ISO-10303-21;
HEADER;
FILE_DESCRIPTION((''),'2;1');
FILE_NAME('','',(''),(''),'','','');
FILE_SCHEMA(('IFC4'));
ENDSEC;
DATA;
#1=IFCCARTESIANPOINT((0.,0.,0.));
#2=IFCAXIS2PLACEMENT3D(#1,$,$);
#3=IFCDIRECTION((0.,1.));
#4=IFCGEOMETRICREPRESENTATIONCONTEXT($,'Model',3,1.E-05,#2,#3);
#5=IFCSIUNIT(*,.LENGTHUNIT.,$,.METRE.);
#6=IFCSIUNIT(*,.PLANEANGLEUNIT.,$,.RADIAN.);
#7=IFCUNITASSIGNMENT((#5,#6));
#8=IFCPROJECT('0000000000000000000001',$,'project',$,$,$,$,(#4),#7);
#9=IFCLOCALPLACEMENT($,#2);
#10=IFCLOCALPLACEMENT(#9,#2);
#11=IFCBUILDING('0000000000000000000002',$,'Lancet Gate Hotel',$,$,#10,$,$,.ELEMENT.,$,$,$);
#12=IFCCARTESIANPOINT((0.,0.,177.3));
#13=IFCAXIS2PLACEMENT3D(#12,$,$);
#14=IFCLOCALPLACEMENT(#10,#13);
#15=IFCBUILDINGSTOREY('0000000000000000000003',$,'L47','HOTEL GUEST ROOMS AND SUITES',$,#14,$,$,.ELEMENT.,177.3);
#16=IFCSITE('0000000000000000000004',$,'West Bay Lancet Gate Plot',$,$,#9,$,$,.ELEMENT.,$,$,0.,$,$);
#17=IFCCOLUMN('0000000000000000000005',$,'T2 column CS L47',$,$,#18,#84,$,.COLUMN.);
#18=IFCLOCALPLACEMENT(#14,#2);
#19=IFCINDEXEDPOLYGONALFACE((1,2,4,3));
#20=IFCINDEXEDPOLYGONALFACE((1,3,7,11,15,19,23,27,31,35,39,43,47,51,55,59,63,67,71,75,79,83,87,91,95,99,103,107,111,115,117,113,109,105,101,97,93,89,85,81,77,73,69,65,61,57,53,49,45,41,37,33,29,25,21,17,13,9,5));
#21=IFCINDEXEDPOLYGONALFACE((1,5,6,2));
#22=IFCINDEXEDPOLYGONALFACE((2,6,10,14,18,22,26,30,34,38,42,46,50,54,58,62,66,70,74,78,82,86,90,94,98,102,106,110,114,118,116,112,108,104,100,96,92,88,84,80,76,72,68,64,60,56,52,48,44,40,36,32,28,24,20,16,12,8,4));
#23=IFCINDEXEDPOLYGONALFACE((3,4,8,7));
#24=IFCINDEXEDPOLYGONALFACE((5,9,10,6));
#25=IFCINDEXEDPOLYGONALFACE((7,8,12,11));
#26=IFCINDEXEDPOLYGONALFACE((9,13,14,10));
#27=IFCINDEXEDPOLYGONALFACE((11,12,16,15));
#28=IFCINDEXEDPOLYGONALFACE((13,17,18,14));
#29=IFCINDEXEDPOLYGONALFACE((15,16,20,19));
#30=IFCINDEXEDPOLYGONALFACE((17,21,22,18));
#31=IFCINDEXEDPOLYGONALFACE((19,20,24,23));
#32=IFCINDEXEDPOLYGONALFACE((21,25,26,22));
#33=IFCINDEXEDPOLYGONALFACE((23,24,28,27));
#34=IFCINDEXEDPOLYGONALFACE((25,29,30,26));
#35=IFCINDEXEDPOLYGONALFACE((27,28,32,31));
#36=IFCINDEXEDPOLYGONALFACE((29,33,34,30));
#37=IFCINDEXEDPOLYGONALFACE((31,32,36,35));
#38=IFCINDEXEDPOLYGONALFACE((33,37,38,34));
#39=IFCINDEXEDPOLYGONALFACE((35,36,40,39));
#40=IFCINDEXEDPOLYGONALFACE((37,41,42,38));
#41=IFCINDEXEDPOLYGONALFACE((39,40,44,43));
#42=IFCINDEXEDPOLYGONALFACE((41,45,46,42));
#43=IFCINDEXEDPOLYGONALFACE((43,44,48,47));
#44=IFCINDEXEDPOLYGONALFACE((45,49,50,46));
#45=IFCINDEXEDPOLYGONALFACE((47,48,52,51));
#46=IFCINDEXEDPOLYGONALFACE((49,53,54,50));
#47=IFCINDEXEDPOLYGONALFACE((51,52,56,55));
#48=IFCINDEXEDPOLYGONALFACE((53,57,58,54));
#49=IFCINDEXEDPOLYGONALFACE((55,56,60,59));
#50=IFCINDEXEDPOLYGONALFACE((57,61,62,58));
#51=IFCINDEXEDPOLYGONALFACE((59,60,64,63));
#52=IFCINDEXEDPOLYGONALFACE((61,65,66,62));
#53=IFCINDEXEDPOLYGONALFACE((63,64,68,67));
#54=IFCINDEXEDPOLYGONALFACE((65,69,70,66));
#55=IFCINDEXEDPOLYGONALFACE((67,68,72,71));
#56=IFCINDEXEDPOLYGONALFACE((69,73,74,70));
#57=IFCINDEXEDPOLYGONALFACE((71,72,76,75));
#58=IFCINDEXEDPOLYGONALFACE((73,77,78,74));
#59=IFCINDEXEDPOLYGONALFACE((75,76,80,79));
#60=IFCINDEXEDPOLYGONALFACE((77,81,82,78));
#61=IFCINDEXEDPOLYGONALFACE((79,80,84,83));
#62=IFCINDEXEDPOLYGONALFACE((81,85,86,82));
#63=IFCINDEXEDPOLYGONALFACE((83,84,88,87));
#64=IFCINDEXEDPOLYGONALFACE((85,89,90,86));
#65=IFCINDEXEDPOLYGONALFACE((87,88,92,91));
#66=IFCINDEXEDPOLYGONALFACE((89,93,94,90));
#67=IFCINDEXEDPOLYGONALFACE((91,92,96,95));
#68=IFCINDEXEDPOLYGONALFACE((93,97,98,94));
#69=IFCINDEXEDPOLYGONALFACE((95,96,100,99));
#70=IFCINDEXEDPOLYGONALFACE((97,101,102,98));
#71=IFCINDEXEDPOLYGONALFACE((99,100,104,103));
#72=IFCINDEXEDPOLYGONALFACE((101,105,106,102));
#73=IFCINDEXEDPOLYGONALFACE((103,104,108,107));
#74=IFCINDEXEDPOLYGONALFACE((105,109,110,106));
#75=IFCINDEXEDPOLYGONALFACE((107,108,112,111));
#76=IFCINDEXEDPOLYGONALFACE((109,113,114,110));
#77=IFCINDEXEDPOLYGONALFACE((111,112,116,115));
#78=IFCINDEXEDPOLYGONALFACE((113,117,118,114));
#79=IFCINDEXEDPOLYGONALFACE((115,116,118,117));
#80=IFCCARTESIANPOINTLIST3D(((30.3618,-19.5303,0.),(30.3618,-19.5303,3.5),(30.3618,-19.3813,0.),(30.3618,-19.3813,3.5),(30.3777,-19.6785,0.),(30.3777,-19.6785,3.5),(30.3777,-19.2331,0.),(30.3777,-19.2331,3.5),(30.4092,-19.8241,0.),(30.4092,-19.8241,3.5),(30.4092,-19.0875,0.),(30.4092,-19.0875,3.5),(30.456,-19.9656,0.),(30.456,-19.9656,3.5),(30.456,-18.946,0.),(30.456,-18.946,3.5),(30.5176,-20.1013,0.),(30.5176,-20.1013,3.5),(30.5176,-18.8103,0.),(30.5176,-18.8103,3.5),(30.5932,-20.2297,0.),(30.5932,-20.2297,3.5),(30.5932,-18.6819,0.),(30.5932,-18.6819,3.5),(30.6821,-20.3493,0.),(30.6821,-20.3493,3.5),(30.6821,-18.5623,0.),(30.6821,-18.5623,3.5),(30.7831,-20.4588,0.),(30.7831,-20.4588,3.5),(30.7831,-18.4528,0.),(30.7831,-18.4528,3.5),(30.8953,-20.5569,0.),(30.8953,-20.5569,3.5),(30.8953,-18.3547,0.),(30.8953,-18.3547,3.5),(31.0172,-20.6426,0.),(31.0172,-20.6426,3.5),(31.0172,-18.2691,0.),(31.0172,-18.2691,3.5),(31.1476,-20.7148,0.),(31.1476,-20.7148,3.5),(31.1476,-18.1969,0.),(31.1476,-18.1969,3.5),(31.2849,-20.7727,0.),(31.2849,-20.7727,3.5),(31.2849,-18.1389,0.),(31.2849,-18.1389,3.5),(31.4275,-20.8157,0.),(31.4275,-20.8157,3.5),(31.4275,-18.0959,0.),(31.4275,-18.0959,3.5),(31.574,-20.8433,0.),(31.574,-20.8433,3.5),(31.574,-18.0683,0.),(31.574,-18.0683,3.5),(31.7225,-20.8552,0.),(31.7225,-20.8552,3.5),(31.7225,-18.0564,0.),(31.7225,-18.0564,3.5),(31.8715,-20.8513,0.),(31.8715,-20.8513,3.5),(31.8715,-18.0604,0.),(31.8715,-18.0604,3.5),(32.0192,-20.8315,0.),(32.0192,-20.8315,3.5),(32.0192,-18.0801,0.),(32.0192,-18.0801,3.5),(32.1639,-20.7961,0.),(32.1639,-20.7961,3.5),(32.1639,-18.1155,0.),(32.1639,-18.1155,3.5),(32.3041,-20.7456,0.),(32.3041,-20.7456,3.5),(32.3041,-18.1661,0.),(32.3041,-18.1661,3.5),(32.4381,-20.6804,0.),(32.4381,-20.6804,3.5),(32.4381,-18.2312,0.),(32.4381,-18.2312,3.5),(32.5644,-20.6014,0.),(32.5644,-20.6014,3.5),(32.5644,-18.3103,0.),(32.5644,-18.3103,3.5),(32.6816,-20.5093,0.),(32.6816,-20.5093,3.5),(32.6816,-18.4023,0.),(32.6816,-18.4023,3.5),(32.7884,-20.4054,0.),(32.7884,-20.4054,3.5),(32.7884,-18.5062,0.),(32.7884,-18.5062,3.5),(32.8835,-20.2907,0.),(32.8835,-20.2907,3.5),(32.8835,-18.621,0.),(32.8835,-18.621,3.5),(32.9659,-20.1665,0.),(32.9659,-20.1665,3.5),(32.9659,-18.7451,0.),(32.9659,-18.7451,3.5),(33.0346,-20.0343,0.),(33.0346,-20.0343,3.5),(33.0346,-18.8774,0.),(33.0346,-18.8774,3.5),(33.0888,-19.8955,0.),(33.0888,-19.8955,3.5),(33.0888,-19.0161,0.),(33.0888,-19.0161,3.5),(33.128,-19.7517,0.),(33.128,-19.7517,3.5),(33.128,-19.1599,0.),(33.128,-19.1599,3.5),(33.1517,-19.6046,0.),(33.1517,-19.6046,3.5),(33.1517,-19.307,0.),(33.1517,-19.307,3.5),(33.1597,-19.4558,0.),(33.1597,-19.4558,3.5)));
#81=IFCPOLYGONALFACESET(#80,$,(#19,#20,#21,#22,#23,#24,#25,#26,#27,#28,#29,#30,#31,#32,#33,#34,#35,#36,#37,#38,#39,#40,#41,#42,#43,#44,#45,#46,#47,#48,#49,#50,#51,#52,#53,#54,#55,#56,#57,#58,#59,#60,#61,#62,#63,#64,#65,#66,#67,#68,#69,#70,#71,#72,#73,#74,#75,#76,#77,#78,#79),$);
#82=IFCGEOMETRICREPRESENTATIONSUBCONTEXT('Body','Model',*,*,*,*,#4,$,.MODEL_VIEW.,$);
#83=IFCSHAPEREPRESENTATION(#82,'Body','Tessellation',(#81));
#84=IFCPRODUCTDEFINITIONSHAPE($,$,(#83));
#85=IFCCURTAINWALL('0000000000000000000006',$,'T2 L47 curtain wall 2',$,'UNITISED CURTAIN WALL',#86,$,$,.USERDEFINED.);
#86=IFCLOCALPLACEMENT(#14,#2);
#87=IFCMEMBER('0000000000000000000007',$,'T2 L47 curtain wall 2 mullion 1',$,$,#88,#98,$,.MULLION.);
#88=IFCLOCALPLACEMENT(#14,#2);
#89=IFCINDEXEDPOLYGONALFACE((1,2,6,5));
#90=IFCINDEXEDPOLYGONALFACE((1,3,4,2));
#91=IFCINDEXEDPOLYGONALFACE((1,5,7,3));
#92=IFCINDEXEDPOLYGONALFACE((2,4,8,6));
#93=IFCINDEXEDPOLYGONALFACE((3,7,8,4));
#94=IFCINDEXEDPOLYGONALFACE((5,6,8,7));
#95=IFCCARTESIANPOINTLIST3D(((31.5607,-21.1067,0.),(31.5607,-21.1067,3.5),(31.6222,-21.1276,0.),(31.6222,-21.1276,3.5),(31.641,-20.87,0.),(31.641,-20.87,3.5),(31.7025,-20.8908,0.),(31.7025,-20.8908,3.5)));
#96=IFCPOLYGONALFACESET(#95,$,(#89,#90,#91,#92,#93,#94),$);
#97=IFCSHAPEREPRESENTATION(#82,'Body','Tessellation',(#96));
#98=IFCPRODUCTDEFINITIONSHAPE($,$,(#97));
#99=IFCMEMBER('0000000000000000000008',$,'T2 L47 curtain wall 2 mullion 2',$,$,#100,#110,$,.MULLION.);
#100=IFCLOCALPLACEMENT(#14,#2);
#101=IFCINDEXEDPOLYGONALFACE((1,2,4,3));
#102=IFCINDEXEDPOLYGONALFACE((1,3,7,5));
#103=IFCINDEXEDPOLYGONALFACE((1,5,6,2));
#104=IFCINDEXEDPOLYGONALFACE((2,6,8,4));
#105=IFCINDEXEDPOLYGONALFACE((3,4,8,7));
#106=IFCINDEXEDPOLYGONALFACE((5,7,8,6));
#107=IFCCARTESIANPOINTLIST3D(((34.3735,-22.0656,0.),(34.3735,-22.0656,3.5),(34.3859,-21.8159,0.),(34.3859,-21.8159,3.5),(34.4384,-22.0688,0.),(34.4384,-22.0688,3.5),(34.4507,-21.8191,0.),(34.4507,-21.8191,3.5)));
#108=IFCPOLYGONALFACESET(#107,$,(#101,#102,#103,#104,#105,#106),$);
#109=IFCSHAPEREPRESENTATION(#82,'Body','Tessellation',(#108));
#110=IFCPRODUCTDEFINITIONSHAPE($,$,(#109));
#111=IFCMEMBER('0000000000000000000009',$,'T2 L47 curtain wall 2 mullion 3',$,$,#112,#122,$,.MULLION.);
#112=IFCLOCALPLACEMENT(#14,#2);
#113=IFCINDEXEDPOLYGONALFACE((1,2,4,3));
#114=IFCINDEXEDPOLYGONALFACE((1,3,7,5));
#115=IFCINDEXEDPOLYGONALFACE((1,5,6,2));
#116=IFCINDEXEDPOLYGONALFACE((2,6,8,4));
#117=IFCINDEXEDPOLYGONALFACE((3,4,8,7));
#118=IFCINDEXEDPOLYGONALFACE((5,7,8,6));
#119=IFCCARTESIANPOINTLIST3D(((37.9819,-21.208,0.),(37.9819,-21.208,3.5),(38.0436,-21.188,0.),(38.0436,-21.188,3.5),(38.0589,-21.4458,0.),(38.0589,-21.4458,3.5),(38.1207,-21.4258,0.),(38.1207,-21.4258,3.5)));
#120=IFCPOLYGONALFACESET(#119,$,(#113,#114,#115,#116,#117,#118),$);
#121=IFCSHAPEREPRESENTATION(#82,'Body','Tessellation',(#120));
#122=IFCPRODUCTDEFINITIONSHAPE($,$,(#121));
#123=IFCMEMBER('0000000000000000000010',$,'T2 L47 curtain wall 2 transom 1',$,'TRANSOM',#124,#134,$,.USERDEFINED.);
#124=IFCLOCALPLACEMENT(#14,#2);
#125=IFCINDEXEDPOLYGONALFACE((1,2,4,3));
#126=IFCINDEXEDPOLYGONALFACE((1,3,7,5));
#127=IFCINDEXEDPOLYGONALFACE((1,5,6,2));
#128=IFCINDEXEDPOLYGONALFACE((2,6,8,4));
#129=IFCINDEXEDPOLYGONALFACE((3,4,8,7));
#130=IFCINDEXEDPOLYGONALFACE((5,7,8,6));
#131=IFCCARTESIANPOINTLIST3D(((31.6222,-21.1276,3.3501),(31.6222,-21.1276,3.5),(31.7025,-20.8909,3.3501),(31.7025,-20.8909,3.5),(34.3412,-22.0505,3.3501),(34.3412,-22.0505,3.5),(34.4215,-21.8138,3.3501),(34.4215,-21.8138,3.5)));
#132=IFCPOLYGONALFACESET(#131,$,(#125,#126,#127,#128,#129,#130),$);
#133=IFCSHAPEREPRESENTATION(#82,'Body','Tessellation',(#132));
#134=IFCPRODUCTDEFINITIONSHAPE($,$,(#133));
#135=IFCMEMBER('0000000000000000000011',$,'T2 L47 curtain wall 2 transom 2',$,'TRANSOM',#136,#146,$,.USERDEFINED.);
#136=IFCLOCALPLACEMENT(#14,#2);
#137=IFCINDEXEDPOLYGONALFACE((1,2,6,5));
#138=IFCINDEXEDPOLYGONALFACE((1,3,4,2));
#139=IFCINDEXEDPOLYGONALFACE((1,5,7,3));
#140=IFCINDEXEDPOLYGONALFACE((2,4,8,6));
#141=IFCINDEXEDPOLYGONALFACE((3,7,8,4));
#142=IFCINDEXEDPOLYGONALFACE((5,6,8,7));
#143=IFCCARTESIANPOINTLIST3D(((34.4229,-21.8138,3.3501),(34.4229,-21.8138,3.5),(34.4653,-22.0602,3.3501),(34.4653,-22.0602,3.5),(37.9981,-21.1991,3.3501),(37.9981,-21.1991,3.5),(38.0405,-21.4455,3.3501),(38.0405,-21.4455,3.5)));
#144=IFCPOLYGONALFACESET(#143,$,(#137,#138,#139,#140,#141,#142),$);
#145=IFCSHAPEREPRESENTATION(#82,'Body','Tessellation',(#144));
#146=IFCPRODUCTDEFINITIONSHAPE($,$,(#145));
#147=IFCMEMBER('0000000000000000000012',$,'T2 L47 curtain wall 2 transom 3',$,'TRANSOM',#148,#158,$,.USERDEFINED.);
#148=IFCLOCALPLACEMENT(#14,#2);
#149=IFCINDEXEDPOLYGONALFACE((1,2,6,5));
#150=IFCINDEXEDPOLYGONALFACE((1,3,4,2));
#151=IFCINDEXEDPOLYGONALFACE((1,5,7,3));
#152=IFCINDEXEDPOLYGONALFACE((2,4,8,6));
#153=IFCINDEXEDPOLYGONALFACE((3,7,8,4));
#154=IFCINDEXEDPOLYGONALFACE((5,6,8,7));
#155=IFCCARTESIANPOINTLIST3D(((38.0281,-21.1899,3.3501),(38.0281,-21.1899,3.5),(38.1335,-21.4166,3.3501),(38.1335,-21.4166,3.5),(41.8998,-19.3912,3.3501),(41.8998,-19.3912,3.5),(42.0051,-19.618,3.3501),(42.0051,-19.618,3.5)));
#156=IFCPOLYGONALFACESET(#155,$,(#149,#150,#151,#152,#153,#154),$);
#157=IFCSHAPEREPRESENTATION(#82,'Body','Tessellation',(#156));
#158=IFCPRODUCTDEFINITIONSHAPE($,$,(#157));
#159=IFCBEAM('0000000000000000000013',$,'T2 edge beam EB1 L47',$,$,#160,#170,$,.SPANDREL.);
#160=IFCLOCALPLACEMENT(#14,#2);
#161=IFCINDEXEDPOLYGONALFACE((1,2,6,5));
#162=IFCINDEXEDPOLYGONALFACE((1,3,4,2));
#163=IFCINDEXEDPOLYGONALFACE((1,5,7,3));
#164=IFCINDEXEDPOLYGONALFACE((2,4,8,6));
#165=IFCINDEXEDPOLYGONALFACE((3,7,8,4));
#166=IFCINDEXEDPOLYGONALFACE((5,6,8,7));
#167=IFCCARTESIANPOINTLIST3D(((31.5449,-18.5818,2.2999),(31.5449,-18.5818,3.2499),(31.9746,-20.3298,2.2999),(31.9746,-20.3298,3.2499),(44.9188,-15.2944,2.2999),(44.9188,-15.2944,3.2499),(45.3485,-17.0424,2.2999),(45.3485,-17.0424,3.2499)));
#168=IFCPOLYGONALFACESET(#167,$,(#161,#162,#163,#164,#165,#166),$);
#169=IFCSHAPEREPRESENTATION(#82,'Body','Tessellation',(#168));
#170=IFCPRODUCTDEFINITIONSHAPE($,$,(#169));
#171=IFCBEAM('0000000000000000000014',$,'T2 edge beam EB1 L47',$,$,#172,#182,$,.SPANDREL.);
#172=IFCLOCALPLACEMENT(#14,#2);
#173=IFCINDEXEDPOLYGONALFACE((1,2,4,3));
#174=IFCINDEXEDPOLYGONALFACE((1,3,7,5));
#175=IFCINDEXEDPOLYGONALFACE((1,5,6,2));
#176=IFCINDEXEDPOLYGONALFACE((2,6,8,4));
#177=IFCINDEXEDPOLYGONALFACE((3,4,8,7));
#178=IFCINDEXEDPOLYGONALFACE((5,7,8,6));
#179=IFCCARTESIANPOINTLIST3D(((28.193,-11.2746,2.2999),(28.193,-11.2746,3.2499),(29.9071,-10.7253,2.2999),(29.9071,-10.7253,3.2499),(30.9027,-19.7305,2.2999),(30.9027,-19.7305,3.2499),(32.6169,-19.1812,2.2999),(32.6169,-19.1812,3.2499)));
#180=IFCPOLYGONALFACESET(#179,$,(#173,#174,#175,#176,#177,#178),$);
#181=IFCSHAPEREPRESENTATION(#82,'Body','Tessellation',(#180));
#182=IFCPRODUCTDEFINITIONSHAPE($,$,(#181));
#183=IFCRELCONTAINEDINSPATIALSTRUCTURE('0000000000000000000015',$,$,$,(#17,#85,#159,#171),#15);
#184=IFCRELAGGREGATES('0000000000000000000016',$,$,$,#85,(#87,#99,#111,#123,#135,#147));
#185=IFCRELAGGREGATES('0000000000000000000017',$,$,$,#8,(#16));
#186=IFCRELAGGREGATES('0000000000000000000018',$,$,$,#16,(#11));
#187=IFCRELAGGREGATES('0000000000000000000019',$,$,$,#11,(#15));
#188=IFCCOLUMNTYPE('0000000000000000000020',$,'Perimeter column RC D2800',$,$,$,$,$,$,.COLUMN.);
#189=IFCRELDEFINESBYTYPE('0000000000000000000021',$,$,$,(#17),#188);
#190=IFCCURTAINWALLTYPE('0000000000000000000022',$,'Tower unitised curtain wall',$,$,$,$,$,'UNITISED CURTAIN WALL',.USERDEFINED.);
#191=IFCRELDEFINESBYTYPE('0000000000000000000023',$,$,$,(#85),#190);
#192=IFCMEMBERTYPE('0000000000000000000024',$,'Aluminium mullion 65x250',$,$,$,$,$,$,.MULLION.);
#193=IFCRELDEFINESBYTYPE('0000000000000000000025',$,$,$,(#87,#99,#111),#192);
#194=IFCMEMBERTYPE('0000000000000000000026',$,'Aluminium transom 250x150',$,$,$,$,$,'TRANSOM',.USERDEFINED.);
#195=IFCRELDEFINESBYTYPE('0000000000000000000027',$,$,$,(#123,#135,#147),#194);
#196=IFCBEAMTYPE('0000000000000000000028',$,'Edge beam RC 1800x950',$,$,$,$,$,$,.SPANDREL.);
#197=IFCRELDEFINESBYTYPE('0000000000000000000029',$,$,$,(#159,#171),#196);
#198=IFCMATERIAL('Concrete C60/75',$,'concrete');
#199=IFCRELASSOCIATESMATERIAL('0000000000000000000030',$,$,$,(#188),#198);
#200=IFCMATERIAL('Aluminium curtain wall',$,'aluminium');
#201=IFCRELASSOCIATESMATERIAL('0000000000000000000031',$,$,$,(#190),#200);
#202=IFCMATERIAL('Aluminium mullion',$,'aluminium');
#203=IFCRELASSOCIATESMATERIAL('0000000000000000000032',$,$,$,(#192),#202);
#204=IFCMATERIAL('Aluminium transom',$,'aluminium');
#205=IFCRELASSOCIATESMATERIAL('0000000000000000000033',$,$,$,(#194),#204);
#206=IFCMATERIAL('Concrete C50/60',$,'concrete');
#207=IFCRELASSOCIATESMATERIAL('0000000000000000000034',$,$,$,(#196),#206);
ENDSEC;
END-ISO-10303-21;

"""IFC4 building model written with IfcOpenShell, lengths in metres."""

from ifc_helpers import new_model, si_unit, direction, frame, origin, origin_2d, place, context, subcontext, project, spatial, rectangle, circle, extrude, material, material_profile, profile_set, type_object, element, aggregate, save


model = new_model("IFC4")

# Units and contexts
model_context = context("Model", 3, precision=1e-05, world=origin(), true_north=direction((0.0, 1.0)))
body_context = subcontext(model_context, "Body", "Model", "MODEL_VIEW")
ifc_project = project(units=[si_unit("LENGTHUNIT", "METRE"), si_unit("PLANEANGLEUNIT", "RADIAN")], contexts=[model_context])

# Site, building, storey
site_placement = place(None, origin())
site = spatial("IfcSite", under=ifc_project, at=site_placement, Name="West Bay Lancet Gate Plot", CompositionType="ELEMENT", RefElevation=0.0)
building_placement = place(site_placement, origin())
building = spatial("IfcBuilding", under=site, at=building_placement, Name="Lancet Gate Hotel", CompositionType="ELEMENT")
storey_placement = place(building_placement, frame((0.0, 0.0, 177.3)))
storey = spatial("IfcBuildingStorey", under=building, at=storey_placement, Name="L47", Description="HOTEL GUEST ROOMS AND SUITES", CompositionType="ELEMENT", Elevation=177.3)

# Column
ifc_material_1 = material(Name="Concrete C60/75", Category="concrete")
ifc_material_profile_1 = material_profile(ifc_material_1, circle(Radius=1.3999, at=origin_2d()), Name="RC D2800")
ifc_profile_set_1 = profile_set([ifc_material_profile_1], Name="Concrete C60/75")
column_type = type_object("IfcColumnType", Name="Perimeter column RC D2800", PredefinedType="COLUMN", material=ifc_profile_set_1)
column_placement = place(storey_placement, frame((31.7598, -19.4558, 0.0), z_axis=(0.0, 0.0, 1.0), x_axis=(1.0, 0.0, 0.0)))
element("IfcColumn", 1, at=column_placement, inside=storey, type_object=column_type, Name="T2 column CS L47", PredefinedType="COLUMN", context=body_context, shape_type="SweptSolid", body=[
    extrude(circle(Radius=1.3999, at=origin_2d()), origin(), (0.0, 0.0, 1.0), 3.5),
])

# Curtain wall, members
ifc_material_2 = material(Name="Aluminium curtain wall", Category="aluminium")
curtain_wall_type = type_object("IfcCurtainWallType", Name="Tower unitised curtain wall", ElementType="UNITISED CURTAIN WALL", PredefinedType="USERDEFINED", material=ifc_material_2)
curtain_wall_placement = place(storey_placement, origin())
curtain_wall = element("IfcCurtainWall", 2, at=curtain_wall_placement, inside=storey, type_object=curtain_wall_type, Name="T2 L47 curtain wall 2", ObjectType="UNITISED CURTAIN WALL", PredefinedType="USERDEFINED")
ifc_material_3 = material(Name="Aluminium mullion", Category="aluminium")
ifc_material_profile_2 = material_profile(ifc_material_3, rectangle(XDim=0.0649, YDim=0.25, at=origin_2d()), Name="MULLION 65x250")
ifc_profile_set_2 = profile_set([ifc_material_profile_2], Name="Aluminium mullion")
member_type_1 = type_object("IfcMemberType", Name="Aluminium mullion 65x250", PredefinedType="MULLION", material=ifc_profile_set_2)
member_1_placement = place(storey_placement, frame((31.6316, -20.9988, 0.0), z_axis=(0.0, 0.0, 1.0), x_axis=(0.946952, -0.321374, 0.0)))
member_1 = element("IfcMember", 3, at=member_1_placement, type_object=member_type_1, Name="T2 L47 curtain wall 2 mullion 1", PredefinedType="MULLION", context=body_context, shape_type="SweptSolid", body=[
    extrude(rectangle(XDim=0.0649, YDim=0.25, at=origin_2d()), origin(), (0.0, 0.0, 1.0), 3.5),
])
member_2_placement = place(storey_placement, frame((34.4121, -21.9424, 0.0), z_axis=(0.0, 0.0, 1.0), x_axis=(0.998776, -0.049471, 0.0)))
member_2 = element("IfcMember", 4, at=member_2_placement, type_object=member_type_1, Name="T2 L47 curtain wall 2 mullion 2", PredefinedType="MULLION", context=body_context, shape_type="SweptSolid", body=[
    extrude(rectangle(XDim=0.0649, YDim=0.25, at=origin_2d()), origin(), (0.0, 0.0, 1.0), 3.5),
])
member_3_placement = place(storey_placement, frame((38.0513, -21.3169, 0.0), z_axis=(0.0, 0.0, 1.0), x_axis=(0.951355, 0.308095, 0.0)))
member_3 = element("IfcMember", 5, at=member_3_placement, type_object=member_type_1, Name="T2 L47 curtain wall 2 mullion 3", PredefinedType="MULLION", context=body_context, shape_type="SweptSolid", body=[
    extrude(rectangle(XDim=0.0649, YDim=0.25, at=origin_2d()), origin(), (0.0, 0.0, 1.0), 3.5),
])
ifc_material_4 = material(Name="Aluminium transom", Category="aluminium")
ifc_material_profile_3 = material_profile(ifc_material_4, rectangle(XDim=0.25, YDim=0.1499, at=origin_2d()), Name="TRANSOM 250x150")
ifc_profile_set_3 = profile_set([ifc_material_profile_3], Name="Aluminium transom")
member_type_2 = type_object("IfcMemberType", Name="Aluminium transom 250x150", ElementType="TRANSOM", PredefinedType="USERDEFINED", material=ifc_profile_set_3)
member_4_placement = place(storey_placement, frame((31.6624, -21.0093, 3.425), z_axis=(0.946943, -0.321401, 0.0), x_axis=(0.321401, 0.946943, 0.0)))
member_4 = element("IfcMember", 6, at=member_4_placement, type_object=member_type_2, Name="T2 L47 curtain wall 2 transom 1", ObjectType="TRANSOM", PredefinedType="USERDEFINED", context=body_context, shape_type="SweptSolid", body=[
    extrude(rectangle(XDim=0.25, YDim=0.1499, at=origin_2d()), origin(), (0.0, 0.0, 1.0), 2.8713),
])
member_5_placement = place(storey_placement, frame((34.4441, -21.937, 3.425), z_axis=(0.985537, 0.169461, 0.0), x_axis=(-0.169461, 0.985537, 0.0)))
member_5 = element("IfcMember", 7, at=member_5_placement, type_object=member_type_2, Name="T2 L47 curtain wall 2 transom 2", ObjectType="TRANSOM", PredefinedType="USERDEFINED", context=body_context, shape_type="SweptSolid", body=[
    extrude(rectangle(XDim=0.25, YDim=0.1499, at=origin_2d()), origin(), (0.0, 0.0, 1.0), 3.6277),
])
member_6_placement = place(storey_placement, frame((38.0808, -21.3032, 3.425), z_axis=(0.906914, 0.421316, 0.0), x_axis=(-0.421316, 0.906914, 0.0)))
member_6 = element("IfcMember", 8, at=member_6_placement, type_object=member_type_2, Name="T2 L47 curtain wall 2 transom 3", ObjectType="TRANSOM", PredefinedType="USERDEFINED", context=body_context, shape_type="SweptSolid", body=[
    extrude(rectangle(XDim=0.25, YDim=0.1499, at=origin_2d()), origin(), (0.0, 0.0, 1.0), 4.269),
])

# Beams
ifc_material_5 = material(Name="Concrete C50/60", Category="concrete")
ifc_material_profile_4 = material_profile(ifc_material_5, rectangle(XDim=1.8, YDim=0.95, at=origin_2d()), Name="RC 1800x950")
ifc_profile_set_4 = profile_set([ifc_material_profile_4], Name="Concrete C50/60")
beam_type_1 = type_object("IfcBeamType", Name="Edge beam RC 1800x950", PredefinedType="SPANDREL", material=ifc_profile_set_4)
beam_1_placement = place(storey_placement, frame((31.7598, -19.4558, 2.7749), z_axis=(0.971093, 0.2387, 0.0), x_axis=(-0.2387, 0.971093, 0.0)))
element("IfcBeam", 9, at=beam_1_placement, inside=storey, type_object=beam_type_1, Name="T2 edge beam EB1 L47", PredefinedType="SPANDREL", context=body_context, shape_type="SweptSolid", body=[
    extrude(rectangle(XDim=1.8, YDim=0.95, at=origin_2d()), origin(), (0.0, 0.0, 1.0), 13.772),
])
beam_2_placement = place(storey_placement, frame((31.7598, -19.4558, 2.7749), z_axis=(-0.30517, 0.952298, 0.0), x_axis=(-0.952298, -0.30517, 0.0)))
element("IfcBeam", 10, at=beam_2_placement, inside=storey, type_object=beam_type_1, Name="T2 edge beam EB1 L47", PredefinedType="SPANDREL", context=body_context, shape_type="SweptSolid", body=[
    extrude(rectangle(XDim=1.8, YDim=0.95, at=origin_2d()), origin(), (0.0, 0.0, 1.0), 8.8794),
])

aggregate(curtain_wall, [member_1, member_2, member_3, member_4, member_5, member_6])

save(model, "model.ifc")
